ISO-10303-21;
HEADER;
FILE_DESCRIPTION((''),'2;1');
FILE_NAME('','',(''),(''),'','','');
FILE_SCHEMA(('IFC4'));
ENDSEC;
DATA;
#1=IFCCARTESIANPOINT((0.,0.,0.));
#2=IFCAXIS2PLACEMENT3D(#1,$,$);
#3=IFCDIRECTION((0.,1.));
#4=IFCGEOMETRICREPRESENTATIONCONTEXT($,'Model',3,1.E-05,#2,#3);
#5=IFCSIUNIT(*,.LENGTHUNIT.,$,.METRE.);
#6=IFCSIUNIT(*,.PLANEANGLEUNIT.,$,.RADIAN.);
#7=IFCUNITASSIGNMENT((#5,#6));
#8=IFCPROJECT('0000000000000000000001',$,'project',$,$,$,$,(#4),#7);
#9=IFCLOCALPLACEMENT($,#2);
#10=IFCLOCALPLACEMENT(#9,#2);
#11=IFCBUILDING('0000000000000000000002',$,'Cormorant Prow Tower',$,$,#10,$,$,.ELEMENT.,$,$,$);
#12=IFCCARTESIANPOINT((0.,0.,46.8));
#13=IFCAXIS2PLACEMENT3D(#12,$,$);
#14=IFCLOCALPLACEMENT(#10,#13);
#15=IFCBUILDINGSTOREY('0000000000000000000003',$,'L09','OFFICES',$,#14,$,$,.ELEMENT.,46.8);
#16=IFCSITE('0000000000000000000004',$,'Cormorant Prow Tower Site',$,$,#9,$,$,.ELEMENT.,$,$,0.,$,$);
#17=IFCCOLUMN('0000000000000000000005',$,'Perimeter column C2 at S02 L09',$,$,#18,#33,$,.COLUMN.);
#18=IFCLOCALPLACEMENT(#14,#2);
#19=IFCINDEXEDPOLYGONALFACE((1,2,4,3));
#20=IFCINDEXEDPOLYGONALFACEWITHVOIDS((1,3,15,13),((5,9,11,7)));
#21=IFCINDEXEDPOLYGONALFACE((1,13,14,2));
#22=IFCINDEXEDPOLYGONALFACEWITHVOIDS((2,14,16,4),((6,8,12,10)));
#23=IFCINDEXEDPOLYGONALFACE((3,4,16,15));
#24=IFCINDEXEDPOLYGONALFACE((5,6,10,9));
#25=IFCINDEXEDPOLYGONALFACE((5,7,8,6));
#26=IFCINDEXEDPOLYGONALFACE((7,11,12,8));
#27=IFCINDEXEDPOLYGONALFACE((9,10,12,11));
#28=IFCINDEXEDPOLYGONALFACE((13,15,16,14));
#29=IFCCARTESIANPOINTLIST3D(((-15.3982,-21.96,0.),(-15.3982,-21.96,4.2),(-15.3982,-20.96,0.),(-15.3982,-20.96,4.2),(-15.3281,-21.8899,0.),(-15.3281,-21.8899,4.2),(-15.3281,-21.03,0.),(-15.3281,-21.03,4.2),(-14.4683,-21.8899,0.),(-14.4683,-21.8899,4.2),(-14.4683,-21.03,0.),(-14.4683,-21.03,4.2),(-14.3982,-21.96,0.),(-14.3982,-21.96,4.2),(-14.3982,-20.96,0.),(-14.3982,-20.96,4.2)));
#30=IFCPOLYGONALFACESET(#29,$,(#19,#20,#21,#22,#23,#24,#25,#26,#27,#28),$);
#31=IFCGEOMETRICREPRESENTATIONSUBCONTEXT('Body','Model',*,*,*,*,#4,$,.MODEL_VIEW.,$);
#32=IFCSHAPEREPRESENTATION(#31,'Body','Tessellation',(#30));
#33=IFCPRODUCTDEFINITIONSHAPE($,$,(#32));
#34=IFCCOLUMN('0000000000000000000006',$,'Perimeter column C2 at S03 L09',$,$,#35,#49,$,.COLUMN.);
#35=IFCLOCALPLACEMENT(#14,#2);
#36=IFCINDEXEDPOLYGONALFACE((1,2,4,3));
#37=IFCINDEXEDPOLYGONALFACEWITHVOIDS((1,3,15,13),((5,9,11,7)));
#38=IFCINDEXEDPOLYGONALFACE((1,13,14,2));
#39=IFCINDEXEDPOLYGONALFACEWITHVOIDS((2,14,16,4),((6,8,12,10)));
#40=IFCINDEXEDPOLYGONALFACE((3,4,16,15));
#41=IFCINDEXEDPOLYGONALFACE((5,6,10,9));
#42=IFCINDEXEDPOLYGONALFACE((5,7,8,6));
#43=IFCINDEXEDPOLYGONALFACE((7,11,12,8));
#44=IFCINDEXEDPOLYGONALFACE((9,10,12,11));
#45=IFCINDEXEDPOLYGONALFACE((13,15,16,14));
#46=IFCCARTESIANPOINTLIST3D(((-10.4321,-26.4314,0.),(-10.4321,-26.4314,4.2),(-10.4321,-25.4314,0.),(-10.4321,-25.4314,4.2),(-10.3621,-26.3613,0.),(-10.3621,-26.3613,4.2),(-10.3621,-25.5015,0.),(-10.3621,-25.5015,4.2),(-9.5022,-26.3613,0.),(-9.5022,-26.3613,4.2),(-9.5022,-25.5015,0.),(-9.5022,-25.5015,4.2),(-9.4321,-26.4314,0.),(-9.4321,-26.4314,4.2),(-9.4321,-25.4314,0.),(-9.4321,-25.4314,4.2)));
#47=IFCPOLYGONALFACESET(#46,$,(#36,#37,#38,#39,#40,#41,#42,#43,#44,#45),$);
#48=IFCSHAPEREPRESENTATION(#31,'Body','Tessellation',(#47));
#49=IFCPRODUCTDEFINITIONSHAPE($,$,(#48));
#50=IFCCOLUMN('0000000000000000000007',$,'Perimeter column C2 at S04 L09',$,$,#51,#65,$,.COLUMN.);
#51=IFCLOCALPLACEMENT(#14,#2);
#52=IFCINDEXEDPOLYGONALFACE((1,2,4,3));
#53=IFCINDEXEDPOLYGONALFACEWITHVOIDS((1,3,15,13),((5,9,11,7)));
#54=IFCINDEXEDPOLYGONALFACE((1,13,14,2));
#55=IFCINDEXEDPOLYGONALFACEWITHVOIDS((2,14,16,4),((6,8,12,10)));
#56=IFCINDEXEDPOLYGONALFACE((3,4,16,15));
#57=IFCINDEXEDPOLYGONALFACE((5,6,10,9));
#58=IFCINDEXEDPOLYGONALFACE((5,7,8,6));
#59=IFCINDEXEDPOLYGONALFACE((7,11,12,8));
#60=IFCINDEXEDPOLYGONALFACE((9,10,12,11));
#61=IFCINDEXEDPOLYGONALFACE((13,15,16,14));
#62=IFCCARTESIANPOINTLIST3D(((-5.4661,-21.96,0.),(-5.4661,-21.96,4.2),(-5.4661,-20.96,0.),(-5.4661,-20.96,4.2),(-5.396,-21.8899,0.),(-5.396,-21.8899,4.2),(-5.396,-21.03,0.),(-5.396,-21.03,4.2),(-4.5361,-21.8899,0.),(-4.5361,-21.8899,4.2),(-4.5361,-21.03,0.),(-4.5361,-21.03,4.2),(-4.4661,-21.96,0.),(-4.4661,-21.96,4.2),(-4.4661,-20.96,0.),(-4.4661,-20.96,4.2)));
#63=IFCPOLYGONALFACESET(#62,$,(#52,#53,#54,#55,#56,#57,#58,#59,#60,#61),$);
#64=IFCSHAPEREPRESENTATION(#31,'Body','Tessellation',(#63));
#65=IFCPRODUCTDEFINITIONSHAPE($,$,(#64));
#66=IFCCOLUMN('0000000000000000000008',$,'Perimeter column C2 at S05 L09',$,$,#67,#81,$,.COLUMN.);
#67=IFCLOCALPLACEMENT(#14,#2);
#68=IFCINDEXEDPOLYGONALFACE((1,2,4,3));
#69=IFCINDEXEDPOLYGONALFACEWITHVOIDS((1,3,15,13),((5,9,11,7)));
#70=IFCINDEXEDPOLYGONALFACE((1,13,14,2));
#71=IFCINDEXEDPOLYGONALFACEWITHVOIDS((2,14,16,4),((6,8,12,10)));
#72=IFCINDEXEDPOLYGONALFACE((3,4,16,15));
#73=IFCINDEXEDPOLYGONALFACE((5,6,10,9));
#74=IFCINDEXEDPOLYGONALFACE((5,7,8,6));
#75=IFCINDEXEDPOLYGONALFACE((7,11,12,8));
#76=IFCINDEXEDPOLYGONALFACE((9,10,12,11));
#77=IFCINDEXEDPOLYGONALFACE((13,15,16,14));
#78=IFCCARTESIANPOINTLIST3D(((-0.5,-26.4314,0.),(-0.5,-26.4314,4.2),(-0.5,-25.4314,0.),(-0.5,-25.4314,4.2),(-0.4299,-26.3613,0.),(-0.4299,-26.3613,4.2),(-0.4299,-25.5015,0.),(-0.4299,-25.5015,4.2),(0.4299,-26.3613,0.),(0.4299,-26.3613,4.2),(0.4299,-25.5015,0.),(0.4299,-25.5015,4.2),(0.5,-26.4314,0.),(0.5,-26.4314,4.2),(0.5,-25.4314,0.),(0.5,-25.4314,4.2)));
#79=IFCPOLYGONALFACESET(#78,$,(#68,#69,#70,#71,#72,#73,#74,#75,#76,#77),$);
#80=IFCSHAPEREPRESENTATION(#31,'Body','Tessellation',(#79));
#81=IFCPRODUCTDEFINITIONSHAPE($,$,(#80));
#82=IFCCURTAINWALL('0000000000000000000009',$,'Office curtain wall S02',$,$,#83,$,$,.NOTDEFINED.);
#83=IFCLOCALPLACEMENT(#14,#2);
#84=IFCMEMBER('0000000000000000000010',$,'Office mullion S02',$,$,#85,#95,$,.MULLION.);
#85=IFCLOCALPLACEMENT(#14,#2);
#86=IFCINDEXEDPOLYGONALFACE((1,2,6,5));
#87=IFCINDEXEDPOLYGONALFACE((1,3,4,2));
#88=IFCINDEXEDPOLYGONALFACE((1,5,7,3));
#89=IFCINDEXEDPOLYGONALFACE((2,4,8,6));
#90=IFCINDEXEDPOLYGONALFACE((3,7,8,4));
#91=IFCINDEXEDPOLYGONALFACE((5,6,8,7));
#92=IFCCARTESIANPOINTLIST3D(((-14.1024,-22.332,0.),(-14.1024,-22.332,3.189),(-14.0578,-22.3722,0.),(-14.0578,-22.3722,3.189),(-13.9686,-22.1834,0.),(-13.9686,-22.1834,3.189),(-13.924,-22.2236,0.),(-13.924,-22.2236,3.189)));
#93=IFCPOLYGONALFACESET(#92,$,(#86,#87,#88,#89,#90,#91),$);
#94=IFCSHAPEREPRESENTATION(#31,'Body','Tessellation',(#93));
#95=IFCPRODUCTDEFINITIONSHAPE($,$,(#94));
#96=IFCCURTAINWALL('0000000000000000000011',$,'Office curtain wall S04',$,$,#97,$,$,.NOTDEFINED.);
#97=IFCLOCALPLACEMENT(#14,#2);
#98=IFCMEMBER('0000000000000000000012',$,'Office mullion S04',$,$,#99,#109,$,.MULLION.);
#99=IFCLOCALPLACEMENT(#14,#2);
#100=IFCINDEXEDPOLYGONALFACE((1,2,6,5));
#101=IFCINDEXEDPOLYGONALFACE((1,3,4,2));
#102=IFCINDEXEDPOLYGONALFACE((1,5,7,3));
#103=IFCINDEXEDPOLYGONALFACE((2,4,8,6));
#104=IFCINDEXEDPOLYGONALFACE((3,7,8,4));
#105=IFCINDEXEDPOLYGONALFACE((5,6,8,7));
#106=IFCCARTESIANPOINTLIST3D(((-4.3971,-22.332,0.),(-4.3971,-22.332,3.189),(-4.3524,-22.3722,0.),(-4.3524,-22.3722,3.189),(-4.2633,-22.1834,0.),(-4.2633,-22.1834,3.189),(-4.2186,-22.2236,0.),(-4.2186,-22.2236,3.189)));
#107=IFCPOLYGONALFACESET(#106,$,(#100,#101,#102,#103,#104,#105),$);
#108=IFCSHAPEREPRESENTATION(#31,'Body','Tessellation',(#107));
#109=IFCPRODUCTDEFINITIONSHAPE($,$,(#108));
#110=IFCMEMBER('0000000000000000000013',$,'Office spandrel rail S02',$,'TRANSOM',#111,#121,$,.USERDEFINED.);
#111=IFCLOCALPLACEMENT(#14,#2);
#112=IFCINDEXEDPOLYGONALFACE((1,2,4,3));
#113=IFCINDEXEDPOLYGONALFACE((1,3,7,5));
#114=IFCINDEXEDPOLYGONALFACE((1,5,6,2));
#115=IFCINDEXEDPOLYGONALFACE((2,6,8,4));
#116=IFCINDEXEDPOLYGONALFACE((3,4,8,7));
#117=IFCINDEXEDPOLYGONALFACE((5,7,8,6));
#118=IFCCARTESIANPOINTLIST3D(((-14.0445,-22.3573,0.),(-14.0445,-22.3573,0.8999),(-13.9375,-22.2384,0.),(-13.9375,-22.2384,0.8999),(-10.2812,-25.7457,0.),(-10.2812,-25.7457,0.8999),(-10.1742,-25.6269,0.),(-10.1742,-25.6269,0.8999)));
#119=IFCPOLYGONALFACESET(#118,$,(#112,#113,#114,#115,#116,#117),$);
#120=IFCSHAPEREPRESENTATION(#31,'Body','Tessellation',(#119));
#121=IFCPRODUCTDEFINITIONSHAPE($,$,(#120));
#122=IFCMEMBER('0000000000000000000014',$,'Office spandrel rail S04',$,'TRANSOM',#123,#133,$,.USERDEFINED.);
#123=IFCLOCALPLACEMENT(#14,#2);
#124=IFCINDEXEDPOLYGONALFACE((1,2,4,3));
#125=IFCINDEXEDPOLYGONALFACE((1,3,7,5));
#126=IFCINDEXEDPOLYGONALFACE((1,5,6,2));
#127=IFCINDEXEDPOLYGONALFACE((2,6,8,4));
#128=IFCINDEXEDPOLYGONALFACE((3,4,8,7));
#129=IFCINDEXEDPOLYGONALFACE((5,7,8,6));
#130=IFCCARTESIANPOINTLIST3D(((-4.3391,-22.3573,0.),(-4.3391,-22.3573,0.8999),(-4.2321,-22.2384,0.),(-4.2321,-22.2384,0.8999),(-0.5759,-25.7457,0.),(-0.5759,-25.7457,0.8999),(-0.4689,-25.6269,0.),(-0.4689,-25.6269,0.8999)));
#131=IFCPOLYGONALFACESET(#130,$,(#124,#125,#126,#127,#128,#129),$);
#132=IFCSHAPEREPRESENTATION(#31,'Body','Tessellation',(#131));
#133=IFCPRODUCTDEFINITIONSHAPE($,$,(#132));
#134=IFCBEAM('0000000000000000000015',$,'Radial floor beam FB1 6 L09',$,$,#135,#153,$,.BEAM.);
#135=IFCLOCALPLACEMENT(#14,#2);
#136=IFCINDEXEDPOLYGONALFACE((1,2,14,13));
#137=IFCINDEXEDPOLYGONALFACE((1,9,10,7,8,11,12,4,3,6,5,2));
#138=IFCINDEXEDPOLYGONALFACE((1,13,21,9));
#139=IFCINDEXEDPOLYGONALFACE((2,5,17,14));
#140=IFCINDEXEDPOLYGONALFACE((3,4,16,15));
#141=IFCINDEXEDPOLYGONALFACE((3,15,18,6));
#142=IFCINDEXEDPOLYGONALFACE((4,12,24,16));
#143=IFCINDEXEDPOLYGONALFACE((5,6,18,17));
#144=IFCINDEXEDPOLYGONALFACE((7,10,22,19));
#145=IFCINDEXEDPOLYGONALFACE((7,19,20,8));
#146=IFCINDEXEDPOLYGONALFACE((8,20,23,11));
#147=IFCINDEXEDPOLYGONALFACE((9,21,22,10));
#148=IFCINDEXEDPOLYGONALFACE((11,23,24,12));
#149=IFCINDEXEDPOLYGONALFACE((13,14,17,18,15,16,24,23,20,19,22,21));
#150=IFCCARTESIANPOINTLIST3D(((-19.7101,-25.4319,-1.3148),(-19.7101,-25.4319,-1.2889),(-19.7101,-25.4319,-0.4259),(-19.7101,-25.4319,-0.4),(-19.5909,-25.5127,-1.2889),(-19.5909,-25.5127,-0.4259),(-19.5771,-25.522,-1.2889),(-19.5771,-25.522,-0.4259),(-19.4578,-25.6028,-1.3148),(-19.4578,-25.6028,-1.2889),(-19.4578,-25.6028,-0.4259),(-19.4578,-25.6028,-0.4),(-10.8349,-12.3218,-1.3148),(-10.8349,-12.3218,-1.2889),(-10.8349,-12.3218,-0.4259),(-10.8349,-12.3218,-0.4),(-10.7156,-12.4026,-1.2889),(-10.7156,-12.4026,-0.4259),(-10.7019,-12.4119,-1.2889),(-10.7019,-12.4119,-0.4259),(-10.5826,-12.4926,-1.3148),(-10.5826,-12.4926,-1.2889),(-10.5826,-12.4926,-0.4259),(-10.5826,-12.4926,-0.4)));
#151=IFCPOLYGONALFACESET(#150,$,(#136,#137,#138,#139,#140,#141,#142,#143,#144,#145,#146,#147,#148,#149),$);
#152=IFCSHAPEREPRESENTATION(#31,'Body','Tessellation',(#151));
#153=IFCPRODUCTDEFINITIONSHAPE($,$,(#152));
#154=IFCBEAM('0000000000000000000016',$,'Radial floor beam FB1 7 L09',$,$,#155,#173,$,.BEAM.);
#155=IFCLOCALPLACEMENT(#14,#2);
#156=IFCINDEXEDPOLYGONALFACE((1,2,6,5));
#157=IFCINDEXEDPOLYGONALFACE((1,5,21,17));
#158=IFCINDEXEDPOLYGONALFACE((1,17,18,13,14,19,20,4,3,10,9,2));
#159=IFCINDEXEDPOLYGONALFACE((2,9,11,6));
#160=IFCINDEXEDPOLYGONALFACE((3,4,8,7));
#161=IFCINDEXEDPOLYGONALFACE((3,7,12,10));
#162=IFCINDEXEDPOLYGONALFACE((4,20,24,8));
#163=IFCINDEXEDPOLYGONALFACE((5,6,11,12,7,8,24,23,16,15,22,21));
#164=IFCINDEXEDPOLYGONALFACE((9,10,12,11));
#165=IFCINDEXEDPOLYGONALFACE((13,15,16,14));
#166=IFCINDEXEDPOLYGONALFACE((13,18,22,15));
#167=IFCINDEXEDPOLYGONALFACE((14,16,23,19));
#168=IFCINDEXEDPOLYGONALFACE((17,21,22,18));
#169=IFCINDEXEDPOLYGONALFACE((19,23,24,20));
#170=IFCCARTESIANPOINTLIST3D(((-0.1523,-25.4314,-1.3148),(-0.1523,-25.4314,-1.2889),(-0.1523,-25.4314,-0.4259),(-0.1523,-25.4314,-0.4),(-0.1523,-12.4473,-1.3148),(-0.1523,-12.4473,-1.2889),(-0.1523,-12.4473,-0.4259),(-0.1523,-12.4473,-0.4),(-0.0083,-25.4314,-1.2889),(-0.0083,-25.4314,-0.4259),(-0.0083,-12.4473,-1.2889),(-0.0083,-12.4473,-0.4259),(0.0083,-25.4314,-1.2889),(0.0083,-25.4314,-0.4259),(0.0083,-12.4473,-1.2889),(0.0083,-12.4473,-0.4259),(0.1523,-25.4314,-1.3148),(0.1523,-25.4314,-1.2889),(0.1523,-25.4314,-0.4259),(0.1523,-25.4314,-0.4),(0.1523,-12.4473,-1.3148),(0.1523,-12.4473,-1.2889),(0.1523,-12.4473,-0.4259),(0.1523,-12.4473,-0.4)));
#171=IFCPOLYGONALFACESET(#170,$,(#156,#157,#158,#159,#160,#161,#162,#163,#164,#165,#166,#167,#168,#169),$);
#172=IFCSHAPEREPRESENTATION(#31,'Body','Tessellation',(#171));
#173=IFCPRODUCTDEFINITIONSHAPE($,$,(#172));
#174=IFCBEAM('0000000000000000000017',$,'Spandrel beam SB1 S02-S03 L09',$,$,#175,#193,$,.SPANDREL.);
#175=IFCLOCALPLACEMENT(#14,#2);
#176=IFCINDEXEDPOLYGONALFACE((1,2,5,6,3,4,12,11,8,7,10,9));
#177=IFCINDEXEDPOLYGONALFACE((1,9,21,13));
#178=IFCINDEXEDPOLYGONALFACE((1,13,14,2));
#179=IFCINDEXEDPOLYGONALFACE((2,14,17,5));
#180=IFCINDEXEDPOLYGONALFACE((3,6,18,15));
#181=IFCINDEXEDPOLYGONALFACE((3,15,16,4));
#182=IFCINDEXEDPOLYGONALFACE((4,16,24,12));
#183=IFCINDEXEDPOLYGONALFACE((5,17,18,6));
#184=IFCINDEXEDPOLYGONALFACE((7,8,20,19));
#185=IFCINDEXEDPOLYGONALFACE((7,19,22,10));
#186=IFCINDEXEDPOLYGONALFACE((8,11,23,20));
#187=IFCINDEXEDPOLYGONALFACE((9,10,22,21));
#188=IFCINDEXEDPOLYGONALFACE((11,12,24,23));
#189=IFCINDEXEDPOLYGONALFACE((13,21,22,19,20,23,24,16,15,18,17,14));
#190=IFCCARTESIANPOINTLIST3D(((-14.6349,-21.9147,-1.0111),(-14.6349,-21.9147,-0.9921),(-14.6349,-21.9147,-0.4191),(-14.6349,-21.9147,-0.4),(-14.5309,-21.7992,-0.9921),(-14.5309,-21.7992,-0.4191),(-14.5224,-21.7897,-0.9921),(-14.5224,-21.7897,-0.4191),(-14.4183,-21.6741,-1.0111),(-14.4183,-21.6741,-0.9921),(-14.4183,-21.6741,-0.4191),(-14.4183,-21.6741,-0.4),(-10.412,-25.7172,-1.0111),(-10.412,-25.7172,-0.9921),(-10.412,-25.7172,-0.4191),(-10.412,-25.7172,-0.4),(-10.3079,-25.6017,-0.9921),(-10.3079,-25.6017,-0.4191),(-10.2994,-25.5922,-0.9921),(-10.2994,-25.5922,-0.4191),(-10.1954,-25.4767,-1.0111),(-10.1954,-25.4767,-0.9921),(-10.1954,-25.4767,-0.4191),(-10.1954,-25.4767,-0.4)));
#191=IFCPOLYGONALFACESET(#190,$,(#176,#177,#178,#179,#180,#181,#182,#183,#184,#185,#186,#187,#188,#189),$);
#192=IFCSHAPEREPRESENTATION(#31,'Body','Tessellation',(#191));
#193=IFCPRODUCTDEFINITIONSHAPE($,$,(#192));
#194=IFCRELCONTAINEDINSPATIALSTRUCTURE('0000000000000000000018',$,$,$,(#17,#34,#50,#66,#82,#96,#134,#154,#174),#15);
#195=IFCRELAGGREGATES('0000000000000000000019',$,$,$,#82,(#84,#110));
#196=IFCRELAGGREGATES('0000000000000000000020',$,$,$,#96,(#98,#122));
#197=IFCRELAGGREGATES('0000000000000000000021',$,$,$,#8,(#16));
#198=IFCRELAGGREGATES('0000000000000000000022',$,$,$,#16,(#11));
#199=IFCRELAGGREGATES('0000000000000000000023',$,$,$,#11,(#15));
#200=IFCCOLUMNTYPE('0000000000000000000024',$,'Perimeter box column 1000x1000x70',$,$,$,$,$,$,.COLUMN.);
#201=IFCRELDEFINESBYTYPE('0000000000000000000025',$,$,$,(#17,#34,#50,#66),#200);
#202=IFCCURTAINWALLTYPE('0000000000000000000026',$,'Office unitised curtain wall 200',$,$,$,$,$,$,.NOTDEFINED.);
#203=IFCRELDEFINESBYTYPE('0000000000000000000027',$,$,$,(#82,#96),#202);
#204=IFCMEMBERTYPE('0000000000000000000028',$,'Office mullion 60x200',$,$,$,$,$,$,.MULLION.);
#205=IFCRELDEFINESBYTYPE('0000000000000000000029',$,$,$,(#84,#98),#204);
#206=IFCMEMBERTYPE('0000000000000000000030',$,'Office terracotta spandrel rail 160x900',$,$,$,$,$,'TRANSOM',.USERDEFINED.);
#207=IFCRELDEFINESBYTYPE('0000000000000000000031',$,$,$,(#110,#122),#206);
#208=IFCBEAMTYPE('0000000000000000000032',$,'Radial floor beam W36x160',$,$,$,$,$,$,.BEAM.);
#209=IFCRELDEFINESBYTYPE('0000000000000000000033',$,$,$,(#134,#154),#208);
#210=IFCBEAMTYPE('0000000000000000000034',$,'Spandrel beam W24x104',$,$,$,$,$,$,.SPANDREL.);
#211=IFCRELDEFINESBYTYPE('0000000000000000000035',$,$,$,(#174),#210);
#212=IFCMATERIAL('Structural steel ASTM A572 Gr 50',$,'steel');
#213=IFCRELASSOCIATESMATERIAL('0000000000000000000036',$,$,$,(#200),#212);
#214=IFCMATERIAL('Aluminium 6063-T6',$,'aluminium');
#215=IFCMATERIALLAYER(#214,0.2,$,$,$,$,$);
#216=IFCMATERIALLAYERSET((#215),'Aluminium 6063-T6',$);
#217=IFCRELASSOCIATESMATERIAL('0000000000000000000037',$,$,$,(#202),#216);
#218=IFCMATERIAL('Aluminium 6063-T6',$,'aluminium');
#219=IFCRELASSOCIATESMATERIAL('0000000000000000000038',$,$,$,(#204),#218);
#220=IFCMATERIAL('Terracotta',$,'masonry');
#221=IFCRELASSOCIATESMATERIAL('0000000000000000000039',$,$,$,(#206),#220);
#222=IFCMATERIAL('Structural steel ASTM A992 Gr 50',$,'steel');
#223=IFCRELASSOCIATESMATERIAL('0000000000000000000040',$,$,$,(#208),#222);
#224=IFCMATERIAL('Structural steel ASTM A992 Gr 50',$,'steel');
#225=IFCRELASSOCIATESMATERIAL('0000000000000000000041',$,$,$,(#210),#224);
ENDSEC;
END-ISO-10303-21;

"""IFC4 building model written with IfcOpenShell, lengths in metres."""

from ifc_helpers import new_model, si_unit, direction, frame, origin, origin_2d, place, context, subcontext, project, spatial, rectangle, hollow_rectangle, i_section, extrude, material, layer, layer_set, material_profile, profile_set, type_object, element, aggregate, save


model = new_model("IFC4")

# Units and contexts
model_context = context("Model", 3, precision=1e-05, world=origin(), true_north=direction((0.0, 1.0)))
body_context = subcontext(model_context, "Body", "Model", "MODEL_VIEW")
ifc_project = project(units=[si_unit("LENGTHUNIT", "METRE"), si_unit("PLANEANGLEUNIT", "RADIAN")], contexts=[model_context])

# Site, building, storey
site_placement = place(None, origin())
site = spatial("IfcSite", under=ifc_project, at=site_placement, Name="Cormorant Prow Tower Site", CompositionType="ELEMENT", RefElevation=0.0)
building_placement = place(site_placement, origin())
building = spatial("IfcBuilding", under=site, at=building_placement, Name="Cormorant Prow Tower", CompositionType="ELEMENT")
storey_placement = place(building_placement, frame((0.0, 0.0, 46.8)))
storey = spatial("IfcBuildingStorey", under=building, at=storey_placement, Name="L09", Description="OFFICES", CompositionType="ELEMENT", Elevation=46.8)

# Columns
ifc_material_1 = material(Name="Structural steel ASTM A572 Gr 50", Category="steel")
ifc_material_profile_1 = material_profile(ifc_material_1, hollow_rectangle(XDim=1.0, YDim=1.0, WallThickness=0.0701, at=origin_2d()), Name="Box 1000x1000x70")
ifc_profile_set_1 = profile_set([ifc_material_profile_1], Name="Structural steel ASTM A572 Gr 50")
column_type = type_object("IfcColumnType", Name="Perimeter box column 1000x1000x70", PredefinedType="COLUMN", material=ifc_profile_set_1)
for number, where, z_axis, x_axis, name in (
    (1, (-14.8982, -21.46, 0.0), (0.0, 0.0, 1.0), (1.0, 0.0, 0.0), "Perimeter column C2 at S02 L09"),
    (2, (-9.9321, -25.9314, 0.0), (0.0, 0.0, 1.0), (1.0, 0.0, 0.0), "Perimeter column C2 at S03 L09"),
    (3, (-4.9661, -21.46, 0.0), (0.0, 0.0, 1.0), (1.0, 0.0, 0.0), "Perimeter column C2 at S04 L09"),
    (4, (0.0, -25.9314, 0.0), (0.0, 0.0, 1.0), (1.0, 0.0, 0.0), "Perimeter column C2 at S05 L09"),
):
    element("IfcColumn", number, at=place(storey_placement, frame(where, z_axis=z_axis, x_axis=x_axis)), inside=storey, type_object=column_type, Name=name, PredefinedType="COLUMN", context=body_context, shape_type="SweptSolid", body=[
        extrude(hollow_rectangle(XDim=1.0, YDim=1.0, WallThickness=0.0701, at=origin_2d()), origin(), (0.0, 0.0, 1.0), 4.2),
    ])

# Curtain walls, members
ifc_material_2 = material(Name="Aluminium 6063-T6", Category="aluminium")
ifc_layer_1 = layer(ifc_material_2, 0.2)
ifc_layer_set_1 = layer_set([ifc_layer_1], Name="Aluminium 6063-T6")
curtain_wall_type = type_object("IfcCurtainWallType", Name="Office unitised curtain wall 200", PredefinedType="NOTDEFINED", material=ifc_layer_set_1)
curtain_wall_1_placement = place(storey_placement, origin())
curtain_wall_1 = element("IfcCurtainWall", 5, at=curtain_wall_1_placement, inside=storey, type_object=curtain_wall_type, Name="Office curtain wall S02", PredefinedType="NOTDEFINED")
ifc_material_3 = material(Name="Aluminium 6063-T6", Category="aluminium")
ifc_material_profile_2 = material_profile(ifc_material_3, rectangle(XDim=0.2, YDim=0.0601, at=origin_2d()), Name="Office mullion 60x200")
ifc_profile_set_2 = profile_set([ifc_material_profile_2], Name="Aluminium 6063-T6")
member_type_1 = type_object("IfcMemberType", Name="Office mullion 60x200", PredefinedType="MULLION", material=ifc_profile_set_2)
member_1_placement = place(storey_placement, frame((-14.0132, -22.2778, 0.0), z_axis=(0.0, 0.0, 1.0), x_axis=(0.669131, 0.743145, 0.0)))
member_1 = element("IfcMember", 6, at=member_1_placement, type_object=member_type_1, Name="Office mullion S02", PredefinedType="MULLION", context=body_context, shape_type="SweptSolid", body=[
    extrude(rectangle(XDim=0.2, YDim=0.0601, at=origin_2d()), origin(), (0.0, 0.0, 1.0), 3.189),
])
curtain_wall_2_placement = place(storey_placement, origin())
curtain_wall_2 = element("IfcCurtainWall", 7, at=curtain_wall_2_placement, inside=storey, type_object=curtain_wall_type, Name="Office curtain wall S04", PredefinedType="NOTDEFINED")
member_2_placement = place(storey_placement, frame((-4.3079, -22.2778, 0.0), z_axis=(0.0, 0.0, 1.0), x_axis=(0.669131, 0.743145, 0.0)))
member_2 = element("IfcMember", 8, at=member_2_placement, type_object=member_type_1, Name="Office mullion S04", PredefinedType="MULLION", context=body_context, shape_type="SweptSolid", body=[
    extrude(rectangle(XDim=0.2, YDim=0.0601, at=origin_2d()), origin(), (0.0, 0.0, 1.0), 3.189),
])

# Members
ifc_material_4 = material(Name="Terracotta", Category="masonry")
ifc_material_profile_3 = material_profile(ifc_material_4, rectangle(XDim=0.1599, YDim=0.8999, at=origin_2d()), Name="Office terracotta spandrel rail 160x900")
ifc_profile_set_3 = profile_set([ifc_material_profile_3], Name="Terracotta")
member_type_2 = type_object("IfcMemberType", Name="Office terracotta spandrel rail 160x900", ElementType="TRANSOM", PredefinedType="USERDEFINED", material=ifc_profile_set_3)
member_3_placement = place(storey_placement, frame((-13.991, -22.2979, 0.45), z_axis=(0.743141, -0.669135, 0.0), x_axis=(0.669135, 0.743141, 0.0)))
member_3 = element("IfcMember", 9, at=member_3_placement, type_object=member_type_2, Name="Office spandrel rail S02", ObjectType="TRANSOM", PredefinedType="USERDEFINED", context=body_context, shape_type="SweptSolid", body=[
    extrude(rectangle(XDim=0.1599, YDim=0.8999, at=origin_2d()), origin(), (0.0, 0.0, 1.0), 5.064),
])
member_4_placement = place(storey_placement, frame((-4.2856, -22.2979, 0.45), z_axis=(0.743141, -0.669135, 0.0), x_axis=(0.669135, 0.743141, 0.0)))
member_4 = element("IfcMember", 10, at=member_4_placement, type_object=member_type_2, Name="Office spandrel rail S04", ObjectType="TRANSOM", PredefinedType="USERDEFINED", context=body_context, shape_type="SweptSolid", body=[
    extrude(rectangle(XDim=0.1599, YDim=0.8999, at=origin_2d()), origin(), (0.0, 0.0, 1.0), 5.064),
])

# Beams
ifc_material_5 = material(Name="Structural steel ASTM A992 Gr 50", Category="steel")
ifc_material_profile_4 = material_profile(ifc_material_5, i_section(OverallWidth=0.3047, OverallDepth=0.9148, WebThickness=0.0166, FlangeThickness=0.0259, at=origin_2d()), Name="W36x160")
ifc_profile_set_4 = profile_set([ifc_material_profile_4], Name="Structural steel ASTM A992 Gr 50")
beam_type_1 = type_object("IfcBeamType", Name="Radial floor beam W36x160", PredefinedType="BEAM", material=ifc_profile_set_4)
beam_1_placement = place(storey_placement, frame((-10.7087, -12.4072, -0.8574), z_axis=(-0.560597, -0.828089, 0.0), x_axis=(0.828089, -0.560597, 0.0)))
element("IfcBeam", 11, at=beam_1_placement, inside=storey, type_object=beam_type_1, Name="Radial floor beam FB1 6 L09", PredefinedType="BEAM", context=body_context, shape_type="SweptSolid", body=[
    extrude(i_section(OverallWidth=0.3047, OverallDepth=0.9148, WebThickness=0.0166, FlangeThickness=0.0259, at=origin_2d()), origin(), (0.0, 0.0, 1.0), 15.8318),
])
beam_2_placement = place(storey_placement, frame((0.0, -12.4473, -0.8574), z_axis=(0.0, -1.0, 0.0), x_axis=(1.0, 0.0, 0.0)))
element("IfcBeam", 12, at=beam_2_placement, inside=storey, type_object=beam_type_1, Name="Radial floor beam FB1 7 L09", PredefinedType="BEAM", context=body_context, shape_type="SweptSolid", body=[
    extrude(i_section(OverallWidth=0.3047, OverallDepth=0.9148, WebThickness=0.0166, FlangeThickness=0.0259, at=origin_2d()), origin(), (0.0, 0.0, 1.0), 12.9841),
])
ifc_material_6 = material(Name="Structural steel ASTM A992 Gr 50", Category="steel")
ifc_material_profile_5 = material_profile(ifc_material_6, i_section(OverallWidth=0.3237, OverallDepth=0.6111, WebThickness=0.0127, FlangeThickness=0.019, at=origin_2d()), Name="W24x104")
ifc_profile_set_5 = profile_set([ifc_material_profile_5], Name="Structural steel ASTM A992 Gr 50")
beam_type_2 = type_object("IfcBeamType", Name="Spandrel beam W24x104", PredefinedType="SPANDREL", material=ifc_profile_set_5)
for number, where, z_axis, x_axis, name in (
    (13, (-14.5266, -21.7944, -0.7056), (0.74313, -0.669147, 0.0), (0.669147, 0.74313, 0.0), "Spandrel beam SB1 S02-S03 L09"),
):
    element("IfcBeam", number, at=place(storey_placement, frame(where, z_axis=z_axis, x_axis=x_axis)), inside=storey, type_object=beam_type_2, Name=name, PredefinedType="SPANDREL", context=body_context, shape_type="SweptSolid", body=[
        extrude(i_section(OverallWidth=0.3237, OverallDepth=0.6111, WebThickness=0.0127, FlangeThickness=0.019, at=origin_2d()), origin(), (0.0, 0.0, 1.0), 5.6826),
    ])

aggregate(curtain_wall_1, [member_1, member_3])
aggregate(curtain_wall_2, [member_2, member_4])

save(model, "model.ifc")
